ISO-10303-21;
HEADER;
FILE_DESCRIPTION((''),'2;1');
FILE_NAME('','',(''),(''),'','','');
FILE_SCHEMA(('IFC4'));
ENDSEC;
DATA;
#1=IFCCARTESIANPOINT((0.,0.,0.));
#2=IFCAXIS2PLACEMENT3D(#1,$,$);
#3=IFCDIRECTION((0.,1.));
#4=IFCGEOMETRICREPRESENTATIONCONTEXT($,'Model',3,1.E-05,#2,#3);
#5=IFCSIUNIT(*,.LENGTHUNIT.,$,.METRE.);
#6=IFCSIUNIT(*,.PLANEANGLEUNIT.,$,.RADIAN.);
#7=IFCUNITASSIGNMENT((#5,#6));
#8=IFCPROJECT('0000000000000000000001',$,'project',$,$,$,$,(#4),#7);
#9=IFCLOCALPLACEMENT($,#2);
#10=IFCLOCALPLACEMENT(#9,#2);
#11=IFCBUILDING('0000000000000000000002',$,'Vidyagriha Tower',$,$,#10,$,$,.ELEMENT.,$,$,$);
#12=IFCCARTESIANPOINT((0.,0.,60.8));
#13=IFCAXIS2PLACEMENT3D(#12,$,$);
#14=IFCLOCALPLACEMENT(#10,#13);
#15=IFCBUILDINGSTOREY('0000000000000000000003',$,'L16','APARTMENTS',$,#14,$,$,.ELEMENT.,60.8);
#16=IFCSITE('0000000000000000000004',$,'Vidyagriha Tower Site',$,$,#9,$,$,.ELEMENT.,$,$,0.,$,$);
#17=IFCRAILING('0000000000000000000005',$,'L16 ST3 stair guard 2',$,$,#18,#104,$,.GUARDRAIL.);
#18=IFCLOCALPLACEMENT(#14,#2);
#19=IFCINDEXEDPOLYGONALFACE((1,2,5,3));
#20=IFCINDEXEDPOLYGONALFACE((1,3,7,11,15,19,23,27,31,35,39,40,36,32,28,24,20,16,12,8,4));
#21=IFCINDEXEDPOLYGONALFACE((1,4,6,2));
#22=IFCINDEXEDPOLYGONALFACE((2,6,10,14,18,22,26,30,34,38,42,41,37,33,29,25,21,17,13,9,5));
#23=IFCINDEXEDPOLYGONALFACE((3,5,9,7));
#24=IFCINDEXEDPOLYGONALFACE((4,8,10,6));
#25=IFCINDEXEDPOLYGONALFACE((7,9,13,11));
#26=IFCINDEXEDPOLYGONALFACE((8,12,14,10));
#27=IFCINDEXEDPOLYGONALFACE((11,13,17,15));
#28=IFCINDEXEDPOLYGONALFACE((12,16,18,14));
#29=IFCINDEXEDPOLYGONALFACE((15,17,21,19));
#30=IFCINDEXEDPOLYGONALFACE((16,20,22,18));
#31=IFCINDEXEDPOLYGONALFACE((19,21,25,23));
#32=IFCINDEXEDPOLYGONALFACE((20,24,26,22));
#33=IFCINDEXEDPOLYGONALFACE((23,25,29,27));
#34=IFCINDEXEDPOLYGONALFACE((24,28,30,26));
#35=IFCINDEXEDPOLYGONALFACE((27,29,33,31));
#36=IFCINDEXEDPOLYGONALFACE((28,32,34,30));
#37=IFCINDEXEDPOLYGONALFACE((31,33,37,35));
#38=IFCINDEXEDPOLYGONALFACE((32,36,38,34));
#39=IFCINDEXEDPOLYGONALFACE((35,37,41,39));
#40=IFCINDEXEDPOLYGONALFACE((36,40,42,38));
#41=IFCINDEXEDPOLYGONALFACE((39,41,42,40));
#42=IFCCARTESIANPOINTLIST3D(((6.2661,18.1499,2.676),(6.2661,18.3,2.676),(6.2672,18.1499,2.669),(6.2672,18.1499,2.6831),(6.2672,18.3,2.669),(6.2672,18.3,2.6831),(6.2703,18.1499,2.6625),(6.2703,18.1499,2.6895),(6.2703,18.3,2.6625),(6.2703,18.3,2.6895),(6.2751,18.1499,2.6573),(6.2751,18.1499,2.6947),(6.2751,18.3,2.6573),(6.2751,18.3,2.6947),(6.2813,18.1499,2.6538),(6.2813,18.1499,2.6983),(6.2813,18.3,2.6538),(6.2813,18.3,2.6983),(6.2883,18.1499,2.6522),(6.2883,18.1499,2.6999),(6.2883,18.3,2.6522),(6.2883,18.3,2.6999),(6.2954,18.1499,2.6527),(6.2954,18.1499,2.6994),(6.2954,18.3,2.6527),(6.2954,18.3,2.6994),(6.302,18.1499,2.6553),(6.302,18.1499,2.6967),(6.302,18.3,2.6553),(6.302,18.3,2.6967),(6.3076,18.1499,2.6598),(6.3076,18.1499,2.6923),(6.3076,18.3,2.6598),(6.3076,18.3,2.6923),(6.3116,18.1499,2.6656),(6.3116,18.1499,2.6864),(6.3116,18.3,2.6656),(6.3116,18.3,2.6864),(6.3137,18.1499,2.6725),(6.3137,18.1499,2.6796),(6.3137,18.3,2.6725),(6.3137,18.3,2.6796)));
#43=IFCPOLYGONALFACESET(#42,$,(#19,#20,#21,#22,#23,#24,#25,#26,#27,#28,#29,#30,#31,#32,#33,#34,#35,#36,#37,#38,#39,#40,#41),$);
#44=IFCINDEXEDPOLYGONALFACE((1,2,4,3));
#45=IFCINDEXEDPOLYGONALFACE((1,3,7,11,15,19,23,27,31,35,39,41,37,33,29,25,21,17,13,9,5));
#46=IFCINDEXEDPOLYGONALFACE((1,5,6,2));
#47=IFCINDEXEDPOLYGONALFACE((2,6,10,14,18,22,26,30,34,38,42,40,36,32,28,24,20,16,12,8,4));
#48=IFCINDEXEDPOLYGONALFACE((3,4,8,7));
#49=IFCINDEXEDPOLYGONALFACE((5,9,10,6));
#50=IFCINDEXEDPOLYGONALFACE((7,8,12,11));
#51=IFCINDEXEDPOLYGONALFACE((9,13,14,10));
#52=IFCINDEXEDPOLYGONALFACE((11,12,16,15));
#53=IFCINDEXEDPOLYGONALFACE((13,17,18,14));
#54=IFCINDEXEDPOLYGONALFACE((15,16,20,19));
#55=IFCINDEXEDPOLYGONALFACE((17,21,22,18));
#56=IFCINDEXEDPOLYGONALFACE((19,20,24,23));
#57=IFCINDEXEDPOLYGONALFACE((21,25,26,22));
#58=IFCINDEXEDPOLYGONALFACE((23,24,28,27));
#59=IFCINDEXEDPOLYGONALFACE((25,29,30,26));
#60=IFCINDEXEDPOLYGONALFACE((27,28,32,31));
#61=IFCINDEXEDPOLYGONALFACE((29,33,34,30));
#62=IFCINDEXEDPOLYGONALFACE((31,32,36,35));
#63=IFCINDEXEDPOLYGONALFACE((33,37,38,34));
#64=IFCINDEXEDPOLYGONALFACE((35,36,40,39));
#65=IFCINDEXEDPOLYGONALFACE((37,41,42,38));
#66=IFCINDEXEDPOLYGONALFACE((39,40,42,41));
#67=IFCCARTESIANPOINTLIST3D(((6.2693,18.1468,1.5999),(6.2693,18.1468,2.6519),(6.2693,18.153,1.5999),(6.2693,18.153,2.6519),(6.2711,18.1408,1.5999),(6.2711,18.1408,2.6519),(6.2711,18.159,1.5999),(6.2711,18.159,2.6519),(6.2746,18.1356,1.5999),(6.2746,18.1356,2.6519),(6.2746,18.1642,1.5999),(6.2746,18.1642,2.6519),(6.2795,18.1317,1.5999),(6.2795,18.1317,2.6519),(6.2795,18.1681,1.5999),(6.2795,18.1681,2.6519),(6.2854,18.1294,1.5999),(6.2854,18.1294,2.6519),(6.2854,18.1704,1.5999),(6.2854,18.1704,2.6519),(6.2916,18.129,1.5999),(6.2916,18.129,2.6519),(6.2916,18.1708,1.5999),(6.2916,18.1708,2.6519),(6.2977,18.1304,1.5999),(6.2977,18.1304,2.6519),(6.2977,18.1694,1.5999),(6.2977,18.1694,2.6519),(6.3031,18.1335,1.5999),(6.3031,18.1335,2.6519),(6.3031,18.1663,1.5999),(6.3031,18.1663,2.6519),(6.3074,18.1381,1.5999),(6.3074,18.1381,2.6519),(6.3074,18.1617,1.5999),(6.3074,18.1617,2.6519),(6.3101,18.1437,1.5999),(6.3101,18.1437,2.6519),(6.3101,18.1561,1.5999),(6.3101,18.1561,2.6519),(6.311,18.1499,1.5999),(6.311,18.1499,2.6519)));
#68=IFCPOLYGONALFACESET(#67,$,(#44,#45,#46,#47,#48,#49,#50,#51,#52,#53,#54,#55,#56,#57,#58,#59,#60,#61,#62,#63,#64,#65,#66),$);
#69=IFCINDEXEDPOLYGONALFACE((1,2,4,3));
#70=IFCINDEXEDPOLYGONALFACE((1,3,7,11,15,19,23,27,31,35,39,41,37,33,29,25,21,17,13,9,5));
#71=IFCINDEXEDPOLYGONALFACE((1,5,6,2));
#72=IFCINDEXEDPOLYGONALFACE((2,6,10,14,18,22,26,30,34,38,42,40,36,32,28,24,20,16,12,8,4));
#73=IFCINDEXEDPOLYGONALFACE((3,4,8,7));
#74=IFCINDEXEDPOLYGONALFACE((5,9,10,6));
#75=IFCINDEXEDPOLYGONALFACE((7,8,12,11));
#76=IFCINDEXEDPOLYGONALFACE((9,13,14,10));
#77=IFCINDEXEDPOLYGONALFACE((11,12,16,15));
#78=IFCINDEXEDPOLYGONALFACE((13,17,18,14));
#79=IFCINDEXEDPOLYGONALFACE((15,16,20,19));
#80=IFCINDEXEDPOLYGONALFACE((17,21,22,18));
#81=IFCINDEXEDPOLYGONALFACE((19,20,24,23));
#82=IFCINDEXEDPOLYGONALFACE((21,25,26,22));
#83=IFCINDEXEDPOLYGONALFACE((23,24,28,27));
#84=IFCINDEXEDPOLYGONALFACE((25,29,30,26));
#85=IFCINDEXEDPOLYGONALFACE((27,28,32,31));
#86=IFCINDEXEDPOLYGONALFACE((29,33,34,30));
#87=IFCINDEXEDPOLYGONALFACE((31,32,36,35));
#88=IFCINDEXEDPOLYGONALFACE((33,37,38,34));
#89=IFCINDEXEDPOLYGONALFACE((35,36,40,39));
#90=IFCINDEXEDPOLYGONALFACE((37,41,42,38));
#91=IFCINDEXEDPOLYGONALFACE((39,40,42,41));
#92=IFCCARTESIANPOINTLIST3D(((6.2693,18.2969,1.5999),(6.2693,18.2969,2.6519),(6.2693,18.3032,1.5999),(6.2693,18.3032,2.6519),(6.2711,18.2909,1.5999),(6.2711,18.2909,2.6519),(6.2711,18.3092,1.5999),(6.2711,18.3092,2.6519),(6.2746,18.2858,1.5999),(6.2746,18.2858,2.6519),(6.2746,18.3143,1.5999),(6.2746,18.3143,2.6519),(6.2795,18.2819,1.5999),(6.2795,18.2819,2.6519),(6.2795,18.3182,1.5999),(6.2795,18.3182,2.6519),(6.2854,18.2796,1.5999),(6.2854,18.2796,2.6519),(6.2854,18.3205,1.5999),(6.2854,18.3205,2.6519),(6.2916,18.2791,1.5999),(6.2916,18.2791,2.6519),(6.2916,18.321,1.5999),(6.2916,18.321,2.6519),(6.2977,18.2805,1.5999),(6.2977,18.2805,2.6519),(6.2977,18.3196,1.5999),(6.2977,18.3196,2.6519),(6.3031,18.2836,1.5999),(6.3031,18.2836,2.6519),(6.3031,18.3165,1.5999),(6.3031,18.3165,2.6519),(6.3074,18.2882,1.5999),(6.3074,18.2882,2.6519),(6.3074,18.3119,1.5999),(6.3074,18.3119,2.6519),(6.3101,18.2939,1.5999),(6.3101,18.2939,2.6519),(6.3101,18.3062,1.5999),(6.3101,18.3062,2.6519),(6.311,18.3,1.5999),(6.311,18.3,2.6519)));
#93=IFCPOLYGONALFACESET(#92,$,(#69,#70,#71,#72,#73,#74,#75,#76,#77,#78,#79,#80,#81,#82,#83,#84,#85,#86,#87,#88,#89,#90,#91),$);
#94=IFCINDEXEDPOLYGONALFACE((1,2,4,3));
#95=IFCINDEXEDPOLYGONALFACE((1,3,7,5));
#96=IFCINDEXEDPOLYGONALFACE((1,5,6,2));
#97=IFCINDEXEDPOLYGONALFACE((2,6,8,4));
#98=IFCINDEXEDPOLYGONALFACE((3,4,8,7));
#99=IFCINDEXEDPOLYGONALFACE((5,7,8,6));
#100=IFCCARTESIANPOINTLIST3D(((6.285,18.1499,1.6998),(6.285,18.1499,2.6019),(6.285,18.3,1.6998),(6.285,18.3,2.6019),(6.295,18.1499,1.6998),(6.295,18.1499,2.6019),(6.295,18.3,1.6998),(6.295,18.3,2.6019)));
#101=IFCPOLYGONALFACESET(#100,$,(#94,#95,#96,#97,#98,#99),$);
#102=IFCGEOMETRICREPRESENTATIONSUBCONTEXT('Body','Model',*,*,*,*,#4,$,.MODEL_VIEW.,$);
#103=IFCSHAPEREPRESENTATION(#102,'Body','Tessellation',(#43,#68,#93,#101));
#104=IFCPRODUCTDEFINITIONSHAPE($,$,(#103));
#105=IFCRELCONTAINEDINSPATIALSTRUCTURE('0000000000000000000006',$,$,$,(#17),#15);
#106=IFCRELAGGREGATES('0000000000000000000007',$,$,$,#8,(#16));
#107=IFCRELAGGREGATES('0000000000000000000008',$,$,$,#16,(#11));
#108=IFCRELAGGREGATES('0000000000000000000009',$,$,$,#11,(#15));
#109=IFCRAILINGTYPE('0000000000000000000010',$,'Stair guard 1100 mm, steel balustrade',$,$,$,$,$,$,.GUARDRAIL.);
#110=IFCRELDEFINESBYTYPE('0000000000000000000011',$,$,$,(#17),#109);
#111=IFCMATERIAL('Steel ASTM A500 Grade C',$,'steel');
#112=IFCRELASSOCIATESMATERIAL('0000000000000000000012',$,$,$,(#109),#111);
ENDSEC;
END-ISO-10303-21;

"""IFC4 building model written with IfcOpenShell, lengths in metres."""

from ifc_helpers import new_model, si_unit, direction, frame, origin, origin_2d, place, context, subcontext, project, spatial, rectangle, circle, extrude, material, type_object, element, save


model = new_model("IFC4")

# Units and contexts
model_context = context("Model", 3, precision=1e-05, world=origin(), true_north=direction((0.0, 1.0)))
body_context = subcontext(model_context, "Body", "Model", "MODEL_VIEW")
ifc_project = project(units=[si_unit("LENGTHUNIT", "METRE"), si_unit("PLANEANGLEUNIT", "RADIAN")], contexts=[model_context])

# Site, building, storey
site_placement = place(None, origin())
site = spatial("IfcSite", under=ifc_project, at=site_placement, Name="Vidyagriha Tower Site", CompositionType="ELEMENT", RefElevation=0.0)
building_placement = place(site_placement, origin())
building = spatial("IfcBuilding", under=site, at=building_placement, Name="Vidyagriha Tower", CompositionType="ELEMENT")
storey_placement = place(building_placement, frame((0.0, 0.0, 60.8)))
storey = spatial("IfcBuildingStorey", under=building, at=storey_placement, Name="L16", Description="APARTMENTS", CompositionType="ELEMENT", Elevation=60.8)

# Railing
ifc_material_1 = material(Name="Steel ASTM A500 Grade C", Category="steel")
railing_type_1 = type_object("IfcRailingType", Name="Stair guard 1100 mm, steel balustrade", PredefinedType="GUARDRAIL", material=ifc_material_1)
railing_1_placement = place(storey_placement, frame((6.29, 18.1499, 1.5999)))
element("IfcRailing", 1, at=railing_1_placement, inside=storey, type_object=railing_type_1, Name="L16 ST3 stair guard 2", PredefinedType="GUARDRAIL", context=body_context, shape_type="SweptSolid", body=[
    extrude(circle(Radius=0.0239, at=origin_2d()), frame((0.0, 0.0, 1.0762), z_axis=(0.0, 1.0, 0.0), x_axis=(-1.0, 0.0, 0.0)), (0.0, 0.0, 1.0), 0.1501),
    extrude(circle(Radius=0.021, at=origin_2d()), origin(), (0.0, 0.0, 1.0), 1.052),
    extrude(circle(Radius=0.021, at=origin_2d()), frame((0.0, 0.1501, 0.0)), (0.0, 0.0, 1.0), 1.052),
    extrude(rectangle(XDim=0.01, YDim=0.9021, at=origin_2d()), frame((0.0, 0.0, 0.551), z_axis=(0.0, 1.0, 0.0), x_axis=(-1.0, 0.0, 0.0)), (0.0, 0.0, 1.0), 0.1501),
])

save(model, "model.ifc")
